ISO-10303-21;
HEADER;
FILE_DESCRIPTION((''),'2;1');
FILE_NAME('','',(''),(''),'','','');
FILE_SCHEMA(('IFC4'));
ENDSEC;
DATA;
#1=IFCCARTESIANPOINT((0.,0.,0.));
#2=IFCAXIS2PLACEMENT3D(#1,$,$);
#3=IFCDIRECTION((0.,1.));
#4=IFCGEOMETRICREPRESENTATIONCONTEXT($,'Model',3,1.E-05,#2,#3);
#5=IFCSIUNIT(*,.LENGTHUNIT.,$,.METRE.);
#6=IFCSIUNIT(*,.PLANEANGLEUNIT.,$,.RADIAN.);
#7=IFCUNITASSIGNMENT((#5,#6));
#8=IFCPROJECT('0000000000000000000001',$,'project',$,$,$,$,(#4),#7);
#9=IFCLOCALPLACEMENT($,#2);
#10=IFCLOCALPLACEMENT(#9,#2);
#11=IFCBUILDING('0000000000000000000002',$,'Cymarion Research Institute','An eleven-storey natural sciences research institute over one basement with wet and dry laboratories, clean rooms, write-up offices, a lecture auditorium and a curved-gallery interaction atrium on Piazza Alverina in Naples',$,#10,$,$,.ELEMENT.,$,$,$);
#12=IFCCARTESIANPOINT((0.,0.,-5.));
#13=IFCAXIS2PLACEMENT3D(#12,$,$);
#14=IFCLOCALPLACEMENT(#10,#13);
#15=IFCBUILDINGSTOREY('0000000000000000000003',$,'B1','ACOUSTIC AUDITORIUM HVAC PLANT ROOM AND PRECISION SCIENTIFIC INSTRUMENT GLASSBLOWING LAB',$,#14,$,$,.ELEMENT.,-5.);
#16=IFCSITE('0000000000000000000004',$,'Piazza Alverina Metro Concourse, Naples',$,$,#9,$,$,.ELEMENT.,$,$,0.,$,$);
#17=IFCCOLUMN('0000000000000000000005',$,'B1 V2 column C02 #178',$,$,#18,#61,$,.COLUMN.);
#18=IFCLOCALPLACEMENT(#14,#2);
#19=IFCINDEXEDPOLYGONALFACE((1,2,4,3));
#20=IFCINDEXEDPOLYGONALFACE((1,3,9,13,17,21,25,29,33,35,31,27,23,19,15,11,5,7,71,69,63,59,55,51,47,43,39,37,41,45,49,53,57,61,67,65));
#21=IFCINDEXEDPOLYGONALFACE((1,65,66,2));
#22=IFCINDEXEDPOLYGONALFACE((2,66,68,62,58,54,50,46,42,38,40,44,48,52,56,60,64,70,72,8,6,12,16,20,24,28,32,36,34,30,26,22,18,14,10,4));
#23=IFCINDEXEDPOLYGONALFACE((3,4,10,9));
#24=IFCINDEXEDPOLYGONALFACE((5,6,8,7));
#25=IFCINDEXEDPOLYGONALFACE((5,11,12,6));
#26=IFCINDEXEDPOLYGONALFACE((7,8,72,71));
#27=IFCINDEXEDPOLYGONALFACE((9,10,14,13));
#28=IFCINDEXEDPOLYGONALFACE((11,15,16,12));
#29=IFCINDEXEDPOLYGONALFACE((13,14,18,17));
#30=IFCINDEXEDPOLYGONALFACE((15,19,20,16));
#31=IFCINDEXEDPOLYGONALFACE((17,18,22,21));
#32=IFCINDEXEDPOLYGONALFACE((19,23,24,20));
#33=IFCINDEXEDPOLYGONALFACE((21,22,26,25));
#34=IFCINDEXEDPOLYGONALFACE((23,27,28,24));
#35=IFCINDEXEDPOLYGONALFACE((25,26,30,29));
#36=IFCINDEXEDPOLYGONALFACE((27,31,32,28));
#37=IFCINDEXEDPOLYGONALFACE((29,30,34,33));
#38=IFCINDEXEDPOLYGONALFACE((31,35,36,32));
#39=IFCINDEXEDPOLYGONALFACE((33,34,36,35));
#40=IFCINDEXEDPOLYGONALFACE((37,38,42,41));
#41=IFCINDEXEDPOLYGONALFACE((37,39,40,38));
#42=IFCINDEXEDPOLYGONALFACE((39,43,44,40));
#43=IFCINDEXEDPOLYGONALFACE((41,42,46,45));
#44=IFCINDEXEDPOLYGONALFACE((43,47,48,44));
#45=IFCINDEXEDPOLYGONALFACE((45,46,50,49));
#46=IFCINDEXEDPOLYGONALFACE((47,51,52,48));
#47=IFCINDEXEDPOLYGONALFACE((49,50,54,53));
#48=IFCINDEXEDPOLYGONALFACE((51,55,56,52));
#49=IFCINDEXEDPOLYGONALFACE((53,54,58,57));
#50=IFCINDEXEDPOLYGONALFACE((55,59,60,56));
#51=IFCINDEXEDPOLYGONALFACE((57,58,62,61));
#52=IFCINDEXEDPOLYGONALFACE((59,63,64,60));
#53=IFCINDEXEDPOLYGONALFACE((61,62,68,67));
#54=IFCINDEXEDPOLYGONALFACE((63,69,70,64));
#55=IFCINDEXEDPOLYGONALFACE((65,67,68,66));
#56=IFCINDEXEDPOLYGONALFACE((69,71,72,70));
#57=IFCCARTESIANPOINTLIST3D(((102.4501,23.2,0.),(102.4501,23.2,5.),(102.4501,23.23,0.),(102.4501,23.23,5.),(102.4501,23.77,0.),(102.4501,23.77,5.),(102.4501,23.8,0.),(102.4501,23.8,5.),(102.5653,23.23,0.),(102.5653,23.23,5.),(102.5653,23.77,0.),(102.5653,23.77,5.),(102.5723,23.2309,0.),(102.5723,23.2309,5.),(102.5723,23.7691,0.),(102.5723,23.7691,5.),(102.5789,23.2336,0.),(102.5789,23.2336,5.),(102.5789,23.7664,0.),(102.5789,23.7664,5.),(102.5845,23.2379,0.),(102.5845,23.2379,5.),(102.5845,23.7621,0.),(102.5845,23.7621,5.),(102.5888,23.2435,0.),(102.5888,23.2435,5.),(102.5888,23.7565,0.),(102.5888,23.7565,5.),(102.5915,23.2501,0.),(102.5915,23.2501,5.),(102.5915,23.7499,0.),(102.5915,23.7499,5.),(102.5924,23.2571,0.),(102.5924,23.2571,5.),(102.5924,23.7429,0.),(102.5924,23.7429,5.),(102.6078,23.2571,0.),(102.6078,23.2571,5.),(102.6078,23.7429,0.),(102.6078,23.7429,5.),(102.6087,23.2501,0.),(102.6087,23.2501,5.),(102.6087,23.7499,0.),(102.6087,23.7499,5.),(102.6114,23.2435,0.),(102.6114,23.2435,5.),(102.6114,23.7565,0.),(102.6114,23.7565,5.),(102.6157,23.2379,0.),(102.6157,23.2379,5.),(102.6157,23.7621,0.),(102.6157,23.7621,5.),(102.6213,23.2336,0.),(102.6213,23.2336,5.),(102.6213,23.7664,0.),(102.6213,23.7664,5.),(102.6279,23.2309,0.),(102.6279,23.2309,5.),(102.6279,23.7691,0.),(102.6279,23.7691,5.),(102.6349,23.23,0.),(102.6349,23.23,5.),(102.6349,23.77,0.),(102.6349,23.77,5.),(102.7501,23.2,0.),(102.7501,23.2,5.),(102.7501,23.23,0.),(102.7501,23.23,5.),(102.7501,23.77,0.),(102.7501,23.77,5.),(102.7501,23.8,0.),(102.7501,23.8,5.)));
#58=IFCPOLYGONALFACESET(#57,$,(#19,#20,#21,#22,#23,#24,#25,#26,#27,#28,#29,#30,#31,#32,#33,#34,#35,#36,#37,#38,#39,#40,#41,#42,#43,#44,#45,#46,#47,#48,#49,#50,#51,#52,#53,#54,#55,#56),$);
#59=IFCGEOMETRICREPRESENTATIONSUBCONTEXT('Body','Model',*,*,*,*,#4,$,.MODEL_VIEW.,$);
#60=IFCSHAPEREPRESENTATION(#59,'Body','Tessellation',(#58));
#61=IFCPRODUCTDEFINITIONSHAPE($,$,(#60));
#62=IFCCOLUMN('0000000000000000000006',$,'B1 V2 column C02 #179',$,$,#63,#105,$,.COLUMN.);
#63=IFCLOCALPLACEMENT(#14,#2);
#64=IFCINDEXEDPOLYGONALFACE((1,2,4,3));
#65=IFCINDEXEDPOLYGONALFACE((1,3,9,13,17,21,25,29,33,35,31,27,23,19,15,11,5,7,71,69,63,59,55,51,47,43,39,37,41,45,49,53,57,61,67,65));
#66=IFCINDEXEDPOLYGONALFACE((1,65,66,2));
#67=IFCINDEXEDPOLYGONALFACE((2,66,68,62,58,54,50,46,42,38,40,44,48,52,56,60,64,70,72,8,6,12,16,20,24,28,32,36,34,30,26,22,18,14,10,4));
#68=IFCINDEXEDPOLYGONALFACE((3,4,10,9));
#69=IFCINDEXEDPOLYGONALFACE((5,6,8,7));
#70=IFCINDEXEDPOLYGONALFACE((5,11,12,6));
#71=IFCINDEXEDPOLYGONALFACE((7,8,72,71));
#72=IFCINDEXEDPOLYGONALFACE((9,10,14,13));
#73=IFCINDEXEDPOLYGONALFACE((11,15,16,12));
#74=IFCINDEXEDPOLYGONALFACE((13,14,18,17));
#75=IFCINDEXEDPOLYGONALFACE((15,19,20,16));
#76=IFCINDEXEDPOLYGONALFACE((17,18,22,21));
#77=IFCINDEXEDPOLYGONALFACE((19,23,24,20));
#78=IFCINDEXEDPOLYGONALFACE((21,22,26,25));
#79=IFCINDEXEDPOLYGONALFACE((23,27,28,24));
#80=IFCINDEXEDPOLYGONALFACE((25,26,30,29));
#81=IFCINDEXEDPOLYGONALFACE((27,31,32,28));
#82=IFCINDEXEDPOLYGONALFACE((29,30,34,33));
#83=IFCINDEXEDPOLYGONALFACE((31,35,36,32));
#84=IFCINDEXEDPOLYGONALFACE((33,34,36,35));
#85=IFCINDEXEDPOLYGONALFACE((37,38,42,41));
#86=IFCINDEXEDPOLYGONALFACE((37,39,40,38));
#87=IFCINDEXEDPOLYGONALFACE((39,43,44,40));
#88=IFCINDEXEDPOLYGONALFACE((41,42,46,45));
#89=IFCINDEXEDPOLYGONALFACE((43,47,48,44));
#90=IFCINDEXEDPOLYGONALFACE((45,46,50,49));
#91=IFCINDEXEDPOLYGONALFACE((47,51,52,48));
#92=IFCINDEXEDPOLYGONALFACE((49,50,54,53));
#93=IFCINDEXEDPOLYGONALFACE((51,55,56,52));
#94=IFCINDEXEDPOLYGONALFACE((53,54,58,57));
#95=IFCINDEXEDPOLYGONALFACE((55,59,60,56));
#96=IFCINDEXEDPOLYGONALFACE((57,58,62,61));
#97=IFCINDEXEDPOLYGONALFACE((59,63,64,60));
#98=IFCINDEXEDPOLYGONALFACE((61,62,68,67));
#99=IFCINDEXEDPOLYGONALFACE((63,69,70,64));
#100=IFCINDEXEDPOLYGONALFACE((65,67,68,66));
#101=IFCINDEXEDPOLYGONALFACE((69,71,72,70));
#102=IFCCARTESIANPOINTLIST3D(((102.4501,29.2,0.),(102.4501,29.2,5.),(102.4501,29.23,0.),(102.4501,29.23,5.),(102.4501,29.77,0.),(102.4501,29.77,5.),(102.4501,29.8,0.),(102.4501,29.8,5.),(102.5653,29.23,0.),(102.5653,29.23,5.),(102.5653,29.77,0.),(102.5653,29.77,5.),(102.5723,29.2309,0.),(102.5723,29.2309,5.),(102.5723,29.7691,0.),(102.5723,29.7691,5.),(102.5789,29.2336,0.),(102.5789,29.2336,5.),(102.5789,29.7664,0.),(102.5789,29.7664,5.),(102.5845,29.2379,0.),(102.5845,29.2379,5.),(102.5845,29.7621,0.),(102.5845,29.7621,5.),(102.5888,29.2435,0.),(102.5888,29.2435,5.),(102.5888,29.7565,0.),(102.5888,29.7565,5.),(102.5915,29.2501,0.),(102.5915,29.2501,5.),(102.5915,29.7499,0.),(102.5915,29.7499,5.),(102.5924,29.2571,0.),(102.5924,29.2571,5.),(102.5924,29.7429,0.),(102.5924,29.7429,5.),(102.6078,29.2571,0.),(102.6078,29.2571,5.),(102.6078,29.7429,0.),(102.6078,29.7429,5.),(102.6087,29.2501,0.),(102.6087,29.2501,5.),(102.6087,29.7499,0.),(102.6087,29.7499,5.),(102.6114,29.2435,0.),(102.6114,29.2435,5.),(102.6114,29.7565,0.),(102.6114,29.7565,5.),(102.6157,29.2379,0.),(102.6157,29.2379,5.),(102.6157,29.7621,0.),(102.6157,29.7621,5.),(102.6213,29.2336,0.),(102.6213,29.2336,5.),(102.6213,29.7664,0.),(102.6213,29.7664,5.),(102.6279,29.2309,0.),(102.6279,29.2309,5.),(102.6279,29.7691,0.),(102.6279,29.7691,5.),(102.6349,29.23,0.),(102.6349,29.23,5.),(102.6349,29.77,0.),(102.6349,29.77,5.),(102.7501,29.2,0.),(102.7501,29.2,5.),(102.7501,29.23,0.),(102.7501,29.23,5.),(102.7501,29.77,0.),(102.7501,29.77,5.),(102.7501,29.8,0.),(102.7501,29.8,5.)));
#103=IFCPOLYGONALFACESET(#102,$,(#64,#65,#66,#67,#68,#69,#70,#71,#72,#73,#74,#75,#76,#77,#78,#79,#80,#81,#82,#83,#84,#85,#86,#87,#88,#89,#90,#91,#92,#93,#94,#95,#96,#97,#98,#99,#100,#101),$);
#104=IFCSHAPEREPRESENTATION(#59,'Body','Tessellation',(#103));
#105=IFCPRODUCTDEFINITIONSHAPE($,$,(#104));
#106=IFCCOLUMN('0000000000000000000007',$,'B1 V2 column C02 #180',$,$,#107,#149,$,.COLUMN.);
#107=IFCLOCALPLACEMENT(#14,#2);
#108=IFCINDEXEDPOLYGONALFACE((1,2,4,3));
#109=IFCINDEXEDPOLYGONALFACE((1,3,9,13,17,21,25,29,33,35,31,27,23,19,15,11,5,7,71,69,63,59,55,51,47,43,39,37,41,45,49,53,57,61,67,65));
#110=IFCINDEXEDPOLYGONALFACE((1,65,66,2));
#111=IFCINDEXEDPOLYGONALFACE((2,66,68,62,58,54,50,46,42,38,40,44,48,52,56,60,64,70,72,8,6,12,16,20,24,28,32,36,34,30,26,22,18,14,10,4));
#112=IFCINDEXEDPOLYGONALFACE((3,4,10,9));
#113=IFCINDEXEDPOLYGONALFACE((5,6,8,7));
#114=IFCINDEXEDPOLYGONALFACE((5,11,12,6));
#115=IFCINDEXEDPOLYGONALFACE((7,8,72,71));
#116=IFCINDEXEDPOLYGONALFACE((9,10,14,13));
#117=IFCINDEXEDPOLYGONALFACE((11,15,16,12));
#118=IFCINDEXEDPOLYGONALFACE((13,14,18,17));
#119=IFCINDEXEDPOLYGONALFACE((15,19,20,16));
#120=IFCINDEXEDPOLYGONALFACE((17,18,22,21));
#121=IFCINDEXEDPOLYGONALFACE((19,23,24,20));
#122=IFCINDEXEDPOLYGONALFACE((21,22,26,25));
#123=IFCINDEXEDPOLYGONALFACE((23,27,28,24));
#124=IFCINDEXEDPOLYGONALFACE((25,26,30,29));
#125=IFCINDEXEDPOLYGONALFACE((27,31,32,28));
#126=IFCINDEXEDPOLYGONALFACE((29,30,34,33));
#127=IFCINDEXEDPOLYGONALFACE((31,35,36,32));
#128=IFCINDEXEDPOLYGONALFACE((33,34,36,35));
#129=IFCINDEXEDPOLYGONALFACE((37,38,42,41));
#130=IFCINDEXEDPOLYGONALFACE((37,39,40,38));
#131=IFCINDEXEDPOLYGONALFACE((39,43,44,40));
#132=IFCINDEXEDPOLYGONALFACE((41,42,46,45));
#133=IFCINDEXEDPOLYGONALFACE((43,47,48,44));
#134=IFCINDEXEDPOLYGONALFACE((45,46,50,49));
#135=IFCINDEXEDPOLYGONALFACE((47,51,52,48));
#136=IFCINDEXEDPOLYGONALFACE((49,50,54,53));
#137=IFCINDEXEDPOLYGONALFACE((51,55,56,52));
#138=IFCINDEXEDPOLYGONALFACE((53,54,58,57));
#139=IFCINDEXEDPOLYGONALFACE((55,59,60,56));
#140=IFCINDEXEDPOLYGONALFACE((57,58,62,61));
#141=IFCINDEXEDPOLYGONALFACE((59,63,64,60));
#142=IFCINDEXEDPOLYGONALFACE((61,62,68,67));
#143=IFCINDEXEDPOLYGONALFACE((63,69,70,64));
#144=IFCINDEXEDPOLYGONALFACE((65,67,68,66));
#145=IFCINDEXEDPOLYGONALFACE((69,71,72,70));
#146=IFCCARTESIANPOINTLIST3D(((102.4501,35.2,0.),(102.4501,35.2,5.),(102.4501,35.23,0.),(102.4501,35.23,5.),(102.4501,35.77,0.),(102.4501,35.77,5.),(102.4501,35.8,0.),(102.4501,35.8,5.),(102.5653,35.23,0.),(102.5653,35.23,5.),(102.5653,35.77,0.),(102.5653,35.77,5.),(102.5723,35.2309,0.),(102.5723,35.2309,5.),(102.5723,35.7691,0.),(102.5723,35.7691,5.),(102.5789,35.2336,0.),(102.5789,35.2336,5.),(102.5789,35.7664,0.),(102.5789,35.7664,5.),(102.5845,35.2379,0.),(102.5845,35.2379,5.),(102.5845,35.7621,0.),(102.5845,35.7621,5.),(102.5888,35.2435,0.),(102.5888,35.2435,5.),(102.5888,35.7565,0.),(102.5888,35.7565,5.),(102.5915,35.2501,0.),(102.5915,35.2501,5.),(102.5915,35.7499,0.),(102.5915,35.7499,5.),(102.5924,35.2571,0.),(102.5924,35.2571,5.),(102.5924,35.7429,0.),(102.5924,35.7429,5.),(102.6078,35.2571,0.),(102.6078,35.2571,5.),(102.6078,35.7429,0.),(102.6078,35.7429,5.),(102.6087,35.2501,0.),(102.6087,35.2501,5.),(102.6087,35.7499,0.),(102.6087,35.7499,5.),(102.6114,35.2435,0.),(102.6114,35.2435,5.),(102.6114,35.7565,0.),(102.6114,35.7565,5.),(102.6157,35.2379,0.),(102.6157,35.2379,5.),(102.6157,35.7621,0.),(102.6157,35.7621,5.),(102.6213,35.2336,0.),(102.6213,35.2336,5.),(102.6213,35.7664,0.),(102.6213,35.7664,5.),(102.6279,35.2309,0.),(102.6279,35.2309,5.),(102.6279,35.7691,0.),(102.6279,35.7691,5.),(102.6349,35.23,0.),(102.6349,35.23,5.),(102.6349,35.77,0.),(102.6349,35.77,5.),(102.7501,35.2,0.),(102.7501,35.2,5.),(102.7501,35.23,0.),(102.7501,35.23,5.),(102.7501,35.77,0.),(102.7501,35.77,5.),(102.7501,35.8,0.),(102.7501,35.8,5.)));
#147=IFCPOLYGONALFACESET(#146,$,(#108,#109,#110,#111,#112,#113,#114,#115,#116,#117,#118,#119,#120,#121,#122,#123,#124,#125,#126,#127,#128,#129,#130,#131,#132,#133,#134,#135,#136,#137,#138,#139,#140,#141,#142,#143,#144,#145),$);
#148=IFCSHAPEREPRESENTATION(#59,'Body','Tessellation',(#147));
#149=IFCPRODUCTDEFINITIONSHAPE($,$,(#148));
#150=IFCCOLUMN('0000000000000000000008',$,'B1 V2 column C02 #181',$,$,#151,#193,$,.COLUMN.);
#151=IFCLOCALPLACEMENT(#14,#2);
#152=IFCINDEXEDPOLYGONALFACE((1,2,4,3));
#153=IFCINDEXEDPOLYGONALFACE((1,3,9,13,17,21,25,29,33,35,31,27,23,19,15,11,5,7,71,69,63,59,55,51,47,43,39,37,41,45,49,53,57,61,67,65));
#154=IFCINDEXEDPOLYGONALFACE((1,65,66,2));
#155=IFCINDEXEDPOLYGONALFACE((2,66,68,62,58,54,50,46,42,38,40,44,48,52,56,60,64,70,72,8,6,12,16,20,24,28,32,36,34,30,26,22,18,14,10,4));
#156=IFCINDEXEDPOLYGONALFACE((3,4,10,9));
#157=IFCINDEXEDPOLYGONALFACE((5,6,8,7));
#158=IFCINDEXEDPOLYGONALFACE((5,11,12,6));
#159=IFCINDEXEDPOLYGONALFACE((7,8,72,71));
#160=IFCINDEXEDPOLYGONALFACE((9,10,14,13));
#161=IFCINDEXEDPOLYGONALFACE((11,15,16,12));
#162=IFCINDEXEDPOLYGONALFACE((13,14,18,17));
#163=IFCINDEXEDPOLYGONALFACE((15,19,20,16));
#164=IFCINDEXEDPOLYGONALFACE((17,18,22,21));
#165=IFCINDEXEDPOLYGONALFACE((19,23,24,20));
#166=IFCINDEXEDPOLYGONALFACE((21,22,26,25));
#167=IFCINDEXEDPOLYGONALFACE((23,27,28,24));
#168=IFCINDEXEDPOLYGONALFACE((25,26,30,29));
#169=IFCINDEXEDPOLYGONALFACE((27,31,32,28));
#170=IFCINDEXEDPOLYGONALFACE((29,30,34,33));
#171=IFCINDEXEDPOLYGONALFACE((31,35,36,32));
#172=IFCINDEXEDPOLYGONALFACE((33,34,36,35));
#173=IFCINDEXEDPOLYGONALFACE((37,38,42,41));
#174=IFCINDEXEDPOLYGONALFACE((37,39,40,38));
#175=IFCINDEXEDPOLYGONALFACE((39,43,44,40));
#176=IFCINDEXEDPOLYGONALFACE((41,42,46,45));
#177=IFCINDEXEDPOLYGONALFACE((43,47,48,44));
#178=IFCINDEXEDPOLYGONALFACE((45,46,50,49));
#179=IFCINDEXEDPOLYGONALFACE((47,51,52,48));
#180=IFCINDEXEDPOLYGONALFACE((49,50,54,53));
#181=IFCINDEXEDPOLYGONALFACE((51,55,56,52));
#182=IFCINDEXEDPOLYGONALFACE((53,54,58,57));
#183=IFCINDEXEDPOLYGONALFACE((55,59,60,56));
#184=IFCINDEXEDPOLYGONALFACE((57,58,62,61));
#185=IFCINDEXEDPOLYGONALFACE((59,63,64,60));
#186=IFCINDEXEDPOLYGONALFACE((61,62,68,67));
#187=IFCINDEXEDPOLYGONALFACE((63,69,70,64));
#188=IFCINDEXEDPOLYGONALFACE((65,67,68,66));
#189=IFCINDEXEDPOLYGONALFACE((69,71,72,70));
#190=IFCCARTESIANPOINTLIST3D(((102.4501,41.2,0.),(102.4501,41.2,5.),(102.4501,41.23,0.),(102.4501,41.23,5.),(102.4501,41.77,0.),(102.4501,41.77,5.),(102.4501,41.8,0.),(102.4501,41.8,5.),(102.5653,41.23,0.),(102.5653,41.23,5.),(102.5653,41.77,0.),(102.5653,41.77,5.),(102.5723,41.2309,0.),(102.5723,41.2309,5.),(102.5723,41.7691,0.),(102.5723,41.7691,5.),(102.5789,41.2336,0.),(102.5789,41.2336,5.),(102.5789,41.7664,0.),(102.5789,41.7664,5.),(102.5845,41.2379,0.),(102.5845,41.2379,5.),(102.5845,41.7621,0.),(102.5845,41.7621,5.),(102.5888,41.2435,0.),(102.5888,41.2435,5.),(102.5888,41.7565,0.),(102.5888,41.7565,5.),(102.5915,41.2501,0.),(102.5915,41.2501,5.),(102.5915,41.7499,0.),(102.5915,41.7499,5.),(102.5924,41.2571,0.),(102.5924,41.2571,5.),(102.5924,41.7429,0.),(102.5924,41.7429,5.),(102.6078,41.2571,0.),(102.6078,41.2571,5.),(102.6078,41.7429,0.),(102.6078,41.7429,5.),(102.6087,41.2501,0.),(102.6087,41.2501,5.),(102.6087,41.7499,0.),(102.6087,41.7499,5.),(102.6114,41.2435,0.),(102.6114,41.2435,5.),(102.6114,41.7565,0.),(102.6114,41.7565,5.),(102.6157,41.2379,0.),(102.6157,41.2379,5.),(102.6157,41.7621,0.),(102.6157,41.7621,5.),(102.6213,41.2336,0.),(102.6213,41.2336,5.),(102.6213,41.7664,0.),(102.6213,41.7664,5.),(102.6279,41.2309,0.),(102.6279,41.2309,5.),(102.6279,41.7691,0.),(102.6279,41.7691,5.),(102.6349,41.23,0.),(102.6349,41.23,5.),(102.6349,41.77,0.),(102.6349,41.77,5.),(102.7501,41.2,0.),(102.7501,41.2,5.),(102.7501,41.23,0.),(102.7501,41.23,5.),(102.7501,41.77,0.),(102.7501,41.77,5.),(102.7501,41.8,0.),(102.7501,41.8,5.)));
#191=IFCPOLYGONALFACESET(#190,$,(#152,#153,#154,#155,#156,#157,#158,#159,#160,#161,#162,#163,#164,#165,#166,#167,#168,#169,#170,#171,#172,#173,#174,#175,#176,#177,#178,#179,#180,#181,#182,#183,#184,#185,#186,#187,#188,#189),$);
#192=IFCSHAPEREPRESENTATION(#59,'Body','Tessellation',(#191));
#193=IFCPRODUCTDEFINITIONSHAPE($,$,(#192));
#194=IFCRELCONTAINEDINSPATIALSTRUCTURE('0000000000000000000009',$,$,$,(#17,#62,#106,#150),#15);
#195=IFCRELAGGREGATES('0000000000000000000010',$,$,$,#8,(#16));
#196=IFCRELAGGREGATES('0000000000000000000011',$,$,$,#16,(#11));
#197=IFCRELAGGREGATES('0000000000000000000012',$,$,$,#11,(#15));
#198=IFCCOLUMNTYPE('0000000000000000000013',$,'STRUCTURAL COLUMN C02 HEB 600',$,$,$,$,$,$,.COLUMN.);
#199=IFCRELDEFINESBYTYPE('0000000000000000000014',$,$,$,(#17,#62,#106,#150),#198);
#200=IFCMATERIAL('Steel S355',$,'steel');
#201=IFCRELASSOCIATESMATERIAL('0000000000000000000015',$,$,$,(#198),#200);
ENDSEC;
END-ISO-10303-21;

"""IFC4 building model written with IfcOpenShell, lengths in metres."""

from ifc_helpers import new_model, si_unit, direction, frame, origin, origin_2d, place, context, subcontext, project, spatial, i_section, extrude, material, material_profile, profile_set, type_object, element, save


model = new_model("IFC4")

# Units and contexts
model_context = context("Model", 3, precision=1e-05, world=origin(), true_north=direction((0.0, 1.0)))
body_context = subcontext(model_context, "Body", "Model", "MODEL_VIEW")
ifc_project = project(units=[si_unit("LENGTHUNIT", "METRE"), si_unit("PLANEANGLEUNIT", "RADIAN")], contexts=[model_context])

# Site, building, storey
site_placement = place(None, origin())
site = spatial("IfcSite", under=ifc_project, at=site_placement, Name="Piazza Alverina Metro Concourse, Naples", CompositionType="ELEMENT", RefElevation=0.0)
building_placement = place(site_placement, origin())
building = spatial("IfcBuilding", under=site, at=building_placement, Name="Cymarion Research Institute", Description="An eleven-storey natural sciences research institute over one basement with wet and dry laboratories, clean rooms, write-up offices, a lecture auditorium and a curved-gallery interaction atrium on Piazza Alverina in Naples", CompositionType="ELEMENT")
storey_placement = place(building_placement, frame((0.0, 0.0, -5.0)))
storey = spatial("IfcBuildingStorey", under=building, at=storey_placement, Name="B1", Description="ACOUSTIC AUDITORIUM HVAC PLANT ROOM AND PRECISION SCIENTIFIC INSTRUMENT GLASSBLOWING LAB", CompositionType="ELEMENT", Elevation=-5.0)

# Columns
ifc_material_1 = material(Name="Steel S355", Category="steel")
ifc_material_profile_1 = material_profile(ifc_material_1, i_section(OverallWidth=0.3, OverallDepth=0.6001, WebThickness=0.0154, FlangeThickness=0.03, FilletRadius=0.0271, at=origin_2d()), Name="HEB 600")
ifc_profile_set_1 = profile_set([ifc_material_profile_1], Name="Steel S355")
column_type_1 = type_object("IfcColumnType", Name="STRUCTURAL COLUMN C02 HEB 600", PredefinedType="COLUMN", material=ifc_profile_set_1)
for number, where, z_axis, x_axis, name in (
    (1, (102.6001, 23.5, 0.0), (0.0, 0.0, 1.0), (1.0, 0.0, 0.0), "B1 V2 column C02 #178"),
    (2, (102.6001, 29.5, 0.0), (0.0, 0.0, 1.0), (1.0, 0.0, 0.0), "B1 V2 column C02 #179"),
    (3, (102.6001, 35.5, 0.0), (0.0, 0.0, 1.0), (1.0, 0.0, 0.0), "B1 V2 column C02 #180"),
    (4, (102.6001, 41.5, 0.0), (0.0, 0.0, 1.0), (1.0, 0.0, 0.0), "B1 V2 column C02 #181"),
):
    element("IfcColumn", number, at=place(storey_placement, frame(where, z_axis=z_axis, x_axis=x_axis)), inside=storey, type_object=column_type_1, Name=name, PredefinedType="COLUMN", context=body_context, shape_type="SweptSolid", body=[
        extrude(i_section(OverallWidth=0.3, OverallDepth=0.6001, WebThickness=0.0154, FlangeThickness=0.03, FilletRadius=0.0271, at=origin_2d()), origin(), (0.0, 0.0, 1.0), 5.0),
    ])

save(model, "model.ifc")
